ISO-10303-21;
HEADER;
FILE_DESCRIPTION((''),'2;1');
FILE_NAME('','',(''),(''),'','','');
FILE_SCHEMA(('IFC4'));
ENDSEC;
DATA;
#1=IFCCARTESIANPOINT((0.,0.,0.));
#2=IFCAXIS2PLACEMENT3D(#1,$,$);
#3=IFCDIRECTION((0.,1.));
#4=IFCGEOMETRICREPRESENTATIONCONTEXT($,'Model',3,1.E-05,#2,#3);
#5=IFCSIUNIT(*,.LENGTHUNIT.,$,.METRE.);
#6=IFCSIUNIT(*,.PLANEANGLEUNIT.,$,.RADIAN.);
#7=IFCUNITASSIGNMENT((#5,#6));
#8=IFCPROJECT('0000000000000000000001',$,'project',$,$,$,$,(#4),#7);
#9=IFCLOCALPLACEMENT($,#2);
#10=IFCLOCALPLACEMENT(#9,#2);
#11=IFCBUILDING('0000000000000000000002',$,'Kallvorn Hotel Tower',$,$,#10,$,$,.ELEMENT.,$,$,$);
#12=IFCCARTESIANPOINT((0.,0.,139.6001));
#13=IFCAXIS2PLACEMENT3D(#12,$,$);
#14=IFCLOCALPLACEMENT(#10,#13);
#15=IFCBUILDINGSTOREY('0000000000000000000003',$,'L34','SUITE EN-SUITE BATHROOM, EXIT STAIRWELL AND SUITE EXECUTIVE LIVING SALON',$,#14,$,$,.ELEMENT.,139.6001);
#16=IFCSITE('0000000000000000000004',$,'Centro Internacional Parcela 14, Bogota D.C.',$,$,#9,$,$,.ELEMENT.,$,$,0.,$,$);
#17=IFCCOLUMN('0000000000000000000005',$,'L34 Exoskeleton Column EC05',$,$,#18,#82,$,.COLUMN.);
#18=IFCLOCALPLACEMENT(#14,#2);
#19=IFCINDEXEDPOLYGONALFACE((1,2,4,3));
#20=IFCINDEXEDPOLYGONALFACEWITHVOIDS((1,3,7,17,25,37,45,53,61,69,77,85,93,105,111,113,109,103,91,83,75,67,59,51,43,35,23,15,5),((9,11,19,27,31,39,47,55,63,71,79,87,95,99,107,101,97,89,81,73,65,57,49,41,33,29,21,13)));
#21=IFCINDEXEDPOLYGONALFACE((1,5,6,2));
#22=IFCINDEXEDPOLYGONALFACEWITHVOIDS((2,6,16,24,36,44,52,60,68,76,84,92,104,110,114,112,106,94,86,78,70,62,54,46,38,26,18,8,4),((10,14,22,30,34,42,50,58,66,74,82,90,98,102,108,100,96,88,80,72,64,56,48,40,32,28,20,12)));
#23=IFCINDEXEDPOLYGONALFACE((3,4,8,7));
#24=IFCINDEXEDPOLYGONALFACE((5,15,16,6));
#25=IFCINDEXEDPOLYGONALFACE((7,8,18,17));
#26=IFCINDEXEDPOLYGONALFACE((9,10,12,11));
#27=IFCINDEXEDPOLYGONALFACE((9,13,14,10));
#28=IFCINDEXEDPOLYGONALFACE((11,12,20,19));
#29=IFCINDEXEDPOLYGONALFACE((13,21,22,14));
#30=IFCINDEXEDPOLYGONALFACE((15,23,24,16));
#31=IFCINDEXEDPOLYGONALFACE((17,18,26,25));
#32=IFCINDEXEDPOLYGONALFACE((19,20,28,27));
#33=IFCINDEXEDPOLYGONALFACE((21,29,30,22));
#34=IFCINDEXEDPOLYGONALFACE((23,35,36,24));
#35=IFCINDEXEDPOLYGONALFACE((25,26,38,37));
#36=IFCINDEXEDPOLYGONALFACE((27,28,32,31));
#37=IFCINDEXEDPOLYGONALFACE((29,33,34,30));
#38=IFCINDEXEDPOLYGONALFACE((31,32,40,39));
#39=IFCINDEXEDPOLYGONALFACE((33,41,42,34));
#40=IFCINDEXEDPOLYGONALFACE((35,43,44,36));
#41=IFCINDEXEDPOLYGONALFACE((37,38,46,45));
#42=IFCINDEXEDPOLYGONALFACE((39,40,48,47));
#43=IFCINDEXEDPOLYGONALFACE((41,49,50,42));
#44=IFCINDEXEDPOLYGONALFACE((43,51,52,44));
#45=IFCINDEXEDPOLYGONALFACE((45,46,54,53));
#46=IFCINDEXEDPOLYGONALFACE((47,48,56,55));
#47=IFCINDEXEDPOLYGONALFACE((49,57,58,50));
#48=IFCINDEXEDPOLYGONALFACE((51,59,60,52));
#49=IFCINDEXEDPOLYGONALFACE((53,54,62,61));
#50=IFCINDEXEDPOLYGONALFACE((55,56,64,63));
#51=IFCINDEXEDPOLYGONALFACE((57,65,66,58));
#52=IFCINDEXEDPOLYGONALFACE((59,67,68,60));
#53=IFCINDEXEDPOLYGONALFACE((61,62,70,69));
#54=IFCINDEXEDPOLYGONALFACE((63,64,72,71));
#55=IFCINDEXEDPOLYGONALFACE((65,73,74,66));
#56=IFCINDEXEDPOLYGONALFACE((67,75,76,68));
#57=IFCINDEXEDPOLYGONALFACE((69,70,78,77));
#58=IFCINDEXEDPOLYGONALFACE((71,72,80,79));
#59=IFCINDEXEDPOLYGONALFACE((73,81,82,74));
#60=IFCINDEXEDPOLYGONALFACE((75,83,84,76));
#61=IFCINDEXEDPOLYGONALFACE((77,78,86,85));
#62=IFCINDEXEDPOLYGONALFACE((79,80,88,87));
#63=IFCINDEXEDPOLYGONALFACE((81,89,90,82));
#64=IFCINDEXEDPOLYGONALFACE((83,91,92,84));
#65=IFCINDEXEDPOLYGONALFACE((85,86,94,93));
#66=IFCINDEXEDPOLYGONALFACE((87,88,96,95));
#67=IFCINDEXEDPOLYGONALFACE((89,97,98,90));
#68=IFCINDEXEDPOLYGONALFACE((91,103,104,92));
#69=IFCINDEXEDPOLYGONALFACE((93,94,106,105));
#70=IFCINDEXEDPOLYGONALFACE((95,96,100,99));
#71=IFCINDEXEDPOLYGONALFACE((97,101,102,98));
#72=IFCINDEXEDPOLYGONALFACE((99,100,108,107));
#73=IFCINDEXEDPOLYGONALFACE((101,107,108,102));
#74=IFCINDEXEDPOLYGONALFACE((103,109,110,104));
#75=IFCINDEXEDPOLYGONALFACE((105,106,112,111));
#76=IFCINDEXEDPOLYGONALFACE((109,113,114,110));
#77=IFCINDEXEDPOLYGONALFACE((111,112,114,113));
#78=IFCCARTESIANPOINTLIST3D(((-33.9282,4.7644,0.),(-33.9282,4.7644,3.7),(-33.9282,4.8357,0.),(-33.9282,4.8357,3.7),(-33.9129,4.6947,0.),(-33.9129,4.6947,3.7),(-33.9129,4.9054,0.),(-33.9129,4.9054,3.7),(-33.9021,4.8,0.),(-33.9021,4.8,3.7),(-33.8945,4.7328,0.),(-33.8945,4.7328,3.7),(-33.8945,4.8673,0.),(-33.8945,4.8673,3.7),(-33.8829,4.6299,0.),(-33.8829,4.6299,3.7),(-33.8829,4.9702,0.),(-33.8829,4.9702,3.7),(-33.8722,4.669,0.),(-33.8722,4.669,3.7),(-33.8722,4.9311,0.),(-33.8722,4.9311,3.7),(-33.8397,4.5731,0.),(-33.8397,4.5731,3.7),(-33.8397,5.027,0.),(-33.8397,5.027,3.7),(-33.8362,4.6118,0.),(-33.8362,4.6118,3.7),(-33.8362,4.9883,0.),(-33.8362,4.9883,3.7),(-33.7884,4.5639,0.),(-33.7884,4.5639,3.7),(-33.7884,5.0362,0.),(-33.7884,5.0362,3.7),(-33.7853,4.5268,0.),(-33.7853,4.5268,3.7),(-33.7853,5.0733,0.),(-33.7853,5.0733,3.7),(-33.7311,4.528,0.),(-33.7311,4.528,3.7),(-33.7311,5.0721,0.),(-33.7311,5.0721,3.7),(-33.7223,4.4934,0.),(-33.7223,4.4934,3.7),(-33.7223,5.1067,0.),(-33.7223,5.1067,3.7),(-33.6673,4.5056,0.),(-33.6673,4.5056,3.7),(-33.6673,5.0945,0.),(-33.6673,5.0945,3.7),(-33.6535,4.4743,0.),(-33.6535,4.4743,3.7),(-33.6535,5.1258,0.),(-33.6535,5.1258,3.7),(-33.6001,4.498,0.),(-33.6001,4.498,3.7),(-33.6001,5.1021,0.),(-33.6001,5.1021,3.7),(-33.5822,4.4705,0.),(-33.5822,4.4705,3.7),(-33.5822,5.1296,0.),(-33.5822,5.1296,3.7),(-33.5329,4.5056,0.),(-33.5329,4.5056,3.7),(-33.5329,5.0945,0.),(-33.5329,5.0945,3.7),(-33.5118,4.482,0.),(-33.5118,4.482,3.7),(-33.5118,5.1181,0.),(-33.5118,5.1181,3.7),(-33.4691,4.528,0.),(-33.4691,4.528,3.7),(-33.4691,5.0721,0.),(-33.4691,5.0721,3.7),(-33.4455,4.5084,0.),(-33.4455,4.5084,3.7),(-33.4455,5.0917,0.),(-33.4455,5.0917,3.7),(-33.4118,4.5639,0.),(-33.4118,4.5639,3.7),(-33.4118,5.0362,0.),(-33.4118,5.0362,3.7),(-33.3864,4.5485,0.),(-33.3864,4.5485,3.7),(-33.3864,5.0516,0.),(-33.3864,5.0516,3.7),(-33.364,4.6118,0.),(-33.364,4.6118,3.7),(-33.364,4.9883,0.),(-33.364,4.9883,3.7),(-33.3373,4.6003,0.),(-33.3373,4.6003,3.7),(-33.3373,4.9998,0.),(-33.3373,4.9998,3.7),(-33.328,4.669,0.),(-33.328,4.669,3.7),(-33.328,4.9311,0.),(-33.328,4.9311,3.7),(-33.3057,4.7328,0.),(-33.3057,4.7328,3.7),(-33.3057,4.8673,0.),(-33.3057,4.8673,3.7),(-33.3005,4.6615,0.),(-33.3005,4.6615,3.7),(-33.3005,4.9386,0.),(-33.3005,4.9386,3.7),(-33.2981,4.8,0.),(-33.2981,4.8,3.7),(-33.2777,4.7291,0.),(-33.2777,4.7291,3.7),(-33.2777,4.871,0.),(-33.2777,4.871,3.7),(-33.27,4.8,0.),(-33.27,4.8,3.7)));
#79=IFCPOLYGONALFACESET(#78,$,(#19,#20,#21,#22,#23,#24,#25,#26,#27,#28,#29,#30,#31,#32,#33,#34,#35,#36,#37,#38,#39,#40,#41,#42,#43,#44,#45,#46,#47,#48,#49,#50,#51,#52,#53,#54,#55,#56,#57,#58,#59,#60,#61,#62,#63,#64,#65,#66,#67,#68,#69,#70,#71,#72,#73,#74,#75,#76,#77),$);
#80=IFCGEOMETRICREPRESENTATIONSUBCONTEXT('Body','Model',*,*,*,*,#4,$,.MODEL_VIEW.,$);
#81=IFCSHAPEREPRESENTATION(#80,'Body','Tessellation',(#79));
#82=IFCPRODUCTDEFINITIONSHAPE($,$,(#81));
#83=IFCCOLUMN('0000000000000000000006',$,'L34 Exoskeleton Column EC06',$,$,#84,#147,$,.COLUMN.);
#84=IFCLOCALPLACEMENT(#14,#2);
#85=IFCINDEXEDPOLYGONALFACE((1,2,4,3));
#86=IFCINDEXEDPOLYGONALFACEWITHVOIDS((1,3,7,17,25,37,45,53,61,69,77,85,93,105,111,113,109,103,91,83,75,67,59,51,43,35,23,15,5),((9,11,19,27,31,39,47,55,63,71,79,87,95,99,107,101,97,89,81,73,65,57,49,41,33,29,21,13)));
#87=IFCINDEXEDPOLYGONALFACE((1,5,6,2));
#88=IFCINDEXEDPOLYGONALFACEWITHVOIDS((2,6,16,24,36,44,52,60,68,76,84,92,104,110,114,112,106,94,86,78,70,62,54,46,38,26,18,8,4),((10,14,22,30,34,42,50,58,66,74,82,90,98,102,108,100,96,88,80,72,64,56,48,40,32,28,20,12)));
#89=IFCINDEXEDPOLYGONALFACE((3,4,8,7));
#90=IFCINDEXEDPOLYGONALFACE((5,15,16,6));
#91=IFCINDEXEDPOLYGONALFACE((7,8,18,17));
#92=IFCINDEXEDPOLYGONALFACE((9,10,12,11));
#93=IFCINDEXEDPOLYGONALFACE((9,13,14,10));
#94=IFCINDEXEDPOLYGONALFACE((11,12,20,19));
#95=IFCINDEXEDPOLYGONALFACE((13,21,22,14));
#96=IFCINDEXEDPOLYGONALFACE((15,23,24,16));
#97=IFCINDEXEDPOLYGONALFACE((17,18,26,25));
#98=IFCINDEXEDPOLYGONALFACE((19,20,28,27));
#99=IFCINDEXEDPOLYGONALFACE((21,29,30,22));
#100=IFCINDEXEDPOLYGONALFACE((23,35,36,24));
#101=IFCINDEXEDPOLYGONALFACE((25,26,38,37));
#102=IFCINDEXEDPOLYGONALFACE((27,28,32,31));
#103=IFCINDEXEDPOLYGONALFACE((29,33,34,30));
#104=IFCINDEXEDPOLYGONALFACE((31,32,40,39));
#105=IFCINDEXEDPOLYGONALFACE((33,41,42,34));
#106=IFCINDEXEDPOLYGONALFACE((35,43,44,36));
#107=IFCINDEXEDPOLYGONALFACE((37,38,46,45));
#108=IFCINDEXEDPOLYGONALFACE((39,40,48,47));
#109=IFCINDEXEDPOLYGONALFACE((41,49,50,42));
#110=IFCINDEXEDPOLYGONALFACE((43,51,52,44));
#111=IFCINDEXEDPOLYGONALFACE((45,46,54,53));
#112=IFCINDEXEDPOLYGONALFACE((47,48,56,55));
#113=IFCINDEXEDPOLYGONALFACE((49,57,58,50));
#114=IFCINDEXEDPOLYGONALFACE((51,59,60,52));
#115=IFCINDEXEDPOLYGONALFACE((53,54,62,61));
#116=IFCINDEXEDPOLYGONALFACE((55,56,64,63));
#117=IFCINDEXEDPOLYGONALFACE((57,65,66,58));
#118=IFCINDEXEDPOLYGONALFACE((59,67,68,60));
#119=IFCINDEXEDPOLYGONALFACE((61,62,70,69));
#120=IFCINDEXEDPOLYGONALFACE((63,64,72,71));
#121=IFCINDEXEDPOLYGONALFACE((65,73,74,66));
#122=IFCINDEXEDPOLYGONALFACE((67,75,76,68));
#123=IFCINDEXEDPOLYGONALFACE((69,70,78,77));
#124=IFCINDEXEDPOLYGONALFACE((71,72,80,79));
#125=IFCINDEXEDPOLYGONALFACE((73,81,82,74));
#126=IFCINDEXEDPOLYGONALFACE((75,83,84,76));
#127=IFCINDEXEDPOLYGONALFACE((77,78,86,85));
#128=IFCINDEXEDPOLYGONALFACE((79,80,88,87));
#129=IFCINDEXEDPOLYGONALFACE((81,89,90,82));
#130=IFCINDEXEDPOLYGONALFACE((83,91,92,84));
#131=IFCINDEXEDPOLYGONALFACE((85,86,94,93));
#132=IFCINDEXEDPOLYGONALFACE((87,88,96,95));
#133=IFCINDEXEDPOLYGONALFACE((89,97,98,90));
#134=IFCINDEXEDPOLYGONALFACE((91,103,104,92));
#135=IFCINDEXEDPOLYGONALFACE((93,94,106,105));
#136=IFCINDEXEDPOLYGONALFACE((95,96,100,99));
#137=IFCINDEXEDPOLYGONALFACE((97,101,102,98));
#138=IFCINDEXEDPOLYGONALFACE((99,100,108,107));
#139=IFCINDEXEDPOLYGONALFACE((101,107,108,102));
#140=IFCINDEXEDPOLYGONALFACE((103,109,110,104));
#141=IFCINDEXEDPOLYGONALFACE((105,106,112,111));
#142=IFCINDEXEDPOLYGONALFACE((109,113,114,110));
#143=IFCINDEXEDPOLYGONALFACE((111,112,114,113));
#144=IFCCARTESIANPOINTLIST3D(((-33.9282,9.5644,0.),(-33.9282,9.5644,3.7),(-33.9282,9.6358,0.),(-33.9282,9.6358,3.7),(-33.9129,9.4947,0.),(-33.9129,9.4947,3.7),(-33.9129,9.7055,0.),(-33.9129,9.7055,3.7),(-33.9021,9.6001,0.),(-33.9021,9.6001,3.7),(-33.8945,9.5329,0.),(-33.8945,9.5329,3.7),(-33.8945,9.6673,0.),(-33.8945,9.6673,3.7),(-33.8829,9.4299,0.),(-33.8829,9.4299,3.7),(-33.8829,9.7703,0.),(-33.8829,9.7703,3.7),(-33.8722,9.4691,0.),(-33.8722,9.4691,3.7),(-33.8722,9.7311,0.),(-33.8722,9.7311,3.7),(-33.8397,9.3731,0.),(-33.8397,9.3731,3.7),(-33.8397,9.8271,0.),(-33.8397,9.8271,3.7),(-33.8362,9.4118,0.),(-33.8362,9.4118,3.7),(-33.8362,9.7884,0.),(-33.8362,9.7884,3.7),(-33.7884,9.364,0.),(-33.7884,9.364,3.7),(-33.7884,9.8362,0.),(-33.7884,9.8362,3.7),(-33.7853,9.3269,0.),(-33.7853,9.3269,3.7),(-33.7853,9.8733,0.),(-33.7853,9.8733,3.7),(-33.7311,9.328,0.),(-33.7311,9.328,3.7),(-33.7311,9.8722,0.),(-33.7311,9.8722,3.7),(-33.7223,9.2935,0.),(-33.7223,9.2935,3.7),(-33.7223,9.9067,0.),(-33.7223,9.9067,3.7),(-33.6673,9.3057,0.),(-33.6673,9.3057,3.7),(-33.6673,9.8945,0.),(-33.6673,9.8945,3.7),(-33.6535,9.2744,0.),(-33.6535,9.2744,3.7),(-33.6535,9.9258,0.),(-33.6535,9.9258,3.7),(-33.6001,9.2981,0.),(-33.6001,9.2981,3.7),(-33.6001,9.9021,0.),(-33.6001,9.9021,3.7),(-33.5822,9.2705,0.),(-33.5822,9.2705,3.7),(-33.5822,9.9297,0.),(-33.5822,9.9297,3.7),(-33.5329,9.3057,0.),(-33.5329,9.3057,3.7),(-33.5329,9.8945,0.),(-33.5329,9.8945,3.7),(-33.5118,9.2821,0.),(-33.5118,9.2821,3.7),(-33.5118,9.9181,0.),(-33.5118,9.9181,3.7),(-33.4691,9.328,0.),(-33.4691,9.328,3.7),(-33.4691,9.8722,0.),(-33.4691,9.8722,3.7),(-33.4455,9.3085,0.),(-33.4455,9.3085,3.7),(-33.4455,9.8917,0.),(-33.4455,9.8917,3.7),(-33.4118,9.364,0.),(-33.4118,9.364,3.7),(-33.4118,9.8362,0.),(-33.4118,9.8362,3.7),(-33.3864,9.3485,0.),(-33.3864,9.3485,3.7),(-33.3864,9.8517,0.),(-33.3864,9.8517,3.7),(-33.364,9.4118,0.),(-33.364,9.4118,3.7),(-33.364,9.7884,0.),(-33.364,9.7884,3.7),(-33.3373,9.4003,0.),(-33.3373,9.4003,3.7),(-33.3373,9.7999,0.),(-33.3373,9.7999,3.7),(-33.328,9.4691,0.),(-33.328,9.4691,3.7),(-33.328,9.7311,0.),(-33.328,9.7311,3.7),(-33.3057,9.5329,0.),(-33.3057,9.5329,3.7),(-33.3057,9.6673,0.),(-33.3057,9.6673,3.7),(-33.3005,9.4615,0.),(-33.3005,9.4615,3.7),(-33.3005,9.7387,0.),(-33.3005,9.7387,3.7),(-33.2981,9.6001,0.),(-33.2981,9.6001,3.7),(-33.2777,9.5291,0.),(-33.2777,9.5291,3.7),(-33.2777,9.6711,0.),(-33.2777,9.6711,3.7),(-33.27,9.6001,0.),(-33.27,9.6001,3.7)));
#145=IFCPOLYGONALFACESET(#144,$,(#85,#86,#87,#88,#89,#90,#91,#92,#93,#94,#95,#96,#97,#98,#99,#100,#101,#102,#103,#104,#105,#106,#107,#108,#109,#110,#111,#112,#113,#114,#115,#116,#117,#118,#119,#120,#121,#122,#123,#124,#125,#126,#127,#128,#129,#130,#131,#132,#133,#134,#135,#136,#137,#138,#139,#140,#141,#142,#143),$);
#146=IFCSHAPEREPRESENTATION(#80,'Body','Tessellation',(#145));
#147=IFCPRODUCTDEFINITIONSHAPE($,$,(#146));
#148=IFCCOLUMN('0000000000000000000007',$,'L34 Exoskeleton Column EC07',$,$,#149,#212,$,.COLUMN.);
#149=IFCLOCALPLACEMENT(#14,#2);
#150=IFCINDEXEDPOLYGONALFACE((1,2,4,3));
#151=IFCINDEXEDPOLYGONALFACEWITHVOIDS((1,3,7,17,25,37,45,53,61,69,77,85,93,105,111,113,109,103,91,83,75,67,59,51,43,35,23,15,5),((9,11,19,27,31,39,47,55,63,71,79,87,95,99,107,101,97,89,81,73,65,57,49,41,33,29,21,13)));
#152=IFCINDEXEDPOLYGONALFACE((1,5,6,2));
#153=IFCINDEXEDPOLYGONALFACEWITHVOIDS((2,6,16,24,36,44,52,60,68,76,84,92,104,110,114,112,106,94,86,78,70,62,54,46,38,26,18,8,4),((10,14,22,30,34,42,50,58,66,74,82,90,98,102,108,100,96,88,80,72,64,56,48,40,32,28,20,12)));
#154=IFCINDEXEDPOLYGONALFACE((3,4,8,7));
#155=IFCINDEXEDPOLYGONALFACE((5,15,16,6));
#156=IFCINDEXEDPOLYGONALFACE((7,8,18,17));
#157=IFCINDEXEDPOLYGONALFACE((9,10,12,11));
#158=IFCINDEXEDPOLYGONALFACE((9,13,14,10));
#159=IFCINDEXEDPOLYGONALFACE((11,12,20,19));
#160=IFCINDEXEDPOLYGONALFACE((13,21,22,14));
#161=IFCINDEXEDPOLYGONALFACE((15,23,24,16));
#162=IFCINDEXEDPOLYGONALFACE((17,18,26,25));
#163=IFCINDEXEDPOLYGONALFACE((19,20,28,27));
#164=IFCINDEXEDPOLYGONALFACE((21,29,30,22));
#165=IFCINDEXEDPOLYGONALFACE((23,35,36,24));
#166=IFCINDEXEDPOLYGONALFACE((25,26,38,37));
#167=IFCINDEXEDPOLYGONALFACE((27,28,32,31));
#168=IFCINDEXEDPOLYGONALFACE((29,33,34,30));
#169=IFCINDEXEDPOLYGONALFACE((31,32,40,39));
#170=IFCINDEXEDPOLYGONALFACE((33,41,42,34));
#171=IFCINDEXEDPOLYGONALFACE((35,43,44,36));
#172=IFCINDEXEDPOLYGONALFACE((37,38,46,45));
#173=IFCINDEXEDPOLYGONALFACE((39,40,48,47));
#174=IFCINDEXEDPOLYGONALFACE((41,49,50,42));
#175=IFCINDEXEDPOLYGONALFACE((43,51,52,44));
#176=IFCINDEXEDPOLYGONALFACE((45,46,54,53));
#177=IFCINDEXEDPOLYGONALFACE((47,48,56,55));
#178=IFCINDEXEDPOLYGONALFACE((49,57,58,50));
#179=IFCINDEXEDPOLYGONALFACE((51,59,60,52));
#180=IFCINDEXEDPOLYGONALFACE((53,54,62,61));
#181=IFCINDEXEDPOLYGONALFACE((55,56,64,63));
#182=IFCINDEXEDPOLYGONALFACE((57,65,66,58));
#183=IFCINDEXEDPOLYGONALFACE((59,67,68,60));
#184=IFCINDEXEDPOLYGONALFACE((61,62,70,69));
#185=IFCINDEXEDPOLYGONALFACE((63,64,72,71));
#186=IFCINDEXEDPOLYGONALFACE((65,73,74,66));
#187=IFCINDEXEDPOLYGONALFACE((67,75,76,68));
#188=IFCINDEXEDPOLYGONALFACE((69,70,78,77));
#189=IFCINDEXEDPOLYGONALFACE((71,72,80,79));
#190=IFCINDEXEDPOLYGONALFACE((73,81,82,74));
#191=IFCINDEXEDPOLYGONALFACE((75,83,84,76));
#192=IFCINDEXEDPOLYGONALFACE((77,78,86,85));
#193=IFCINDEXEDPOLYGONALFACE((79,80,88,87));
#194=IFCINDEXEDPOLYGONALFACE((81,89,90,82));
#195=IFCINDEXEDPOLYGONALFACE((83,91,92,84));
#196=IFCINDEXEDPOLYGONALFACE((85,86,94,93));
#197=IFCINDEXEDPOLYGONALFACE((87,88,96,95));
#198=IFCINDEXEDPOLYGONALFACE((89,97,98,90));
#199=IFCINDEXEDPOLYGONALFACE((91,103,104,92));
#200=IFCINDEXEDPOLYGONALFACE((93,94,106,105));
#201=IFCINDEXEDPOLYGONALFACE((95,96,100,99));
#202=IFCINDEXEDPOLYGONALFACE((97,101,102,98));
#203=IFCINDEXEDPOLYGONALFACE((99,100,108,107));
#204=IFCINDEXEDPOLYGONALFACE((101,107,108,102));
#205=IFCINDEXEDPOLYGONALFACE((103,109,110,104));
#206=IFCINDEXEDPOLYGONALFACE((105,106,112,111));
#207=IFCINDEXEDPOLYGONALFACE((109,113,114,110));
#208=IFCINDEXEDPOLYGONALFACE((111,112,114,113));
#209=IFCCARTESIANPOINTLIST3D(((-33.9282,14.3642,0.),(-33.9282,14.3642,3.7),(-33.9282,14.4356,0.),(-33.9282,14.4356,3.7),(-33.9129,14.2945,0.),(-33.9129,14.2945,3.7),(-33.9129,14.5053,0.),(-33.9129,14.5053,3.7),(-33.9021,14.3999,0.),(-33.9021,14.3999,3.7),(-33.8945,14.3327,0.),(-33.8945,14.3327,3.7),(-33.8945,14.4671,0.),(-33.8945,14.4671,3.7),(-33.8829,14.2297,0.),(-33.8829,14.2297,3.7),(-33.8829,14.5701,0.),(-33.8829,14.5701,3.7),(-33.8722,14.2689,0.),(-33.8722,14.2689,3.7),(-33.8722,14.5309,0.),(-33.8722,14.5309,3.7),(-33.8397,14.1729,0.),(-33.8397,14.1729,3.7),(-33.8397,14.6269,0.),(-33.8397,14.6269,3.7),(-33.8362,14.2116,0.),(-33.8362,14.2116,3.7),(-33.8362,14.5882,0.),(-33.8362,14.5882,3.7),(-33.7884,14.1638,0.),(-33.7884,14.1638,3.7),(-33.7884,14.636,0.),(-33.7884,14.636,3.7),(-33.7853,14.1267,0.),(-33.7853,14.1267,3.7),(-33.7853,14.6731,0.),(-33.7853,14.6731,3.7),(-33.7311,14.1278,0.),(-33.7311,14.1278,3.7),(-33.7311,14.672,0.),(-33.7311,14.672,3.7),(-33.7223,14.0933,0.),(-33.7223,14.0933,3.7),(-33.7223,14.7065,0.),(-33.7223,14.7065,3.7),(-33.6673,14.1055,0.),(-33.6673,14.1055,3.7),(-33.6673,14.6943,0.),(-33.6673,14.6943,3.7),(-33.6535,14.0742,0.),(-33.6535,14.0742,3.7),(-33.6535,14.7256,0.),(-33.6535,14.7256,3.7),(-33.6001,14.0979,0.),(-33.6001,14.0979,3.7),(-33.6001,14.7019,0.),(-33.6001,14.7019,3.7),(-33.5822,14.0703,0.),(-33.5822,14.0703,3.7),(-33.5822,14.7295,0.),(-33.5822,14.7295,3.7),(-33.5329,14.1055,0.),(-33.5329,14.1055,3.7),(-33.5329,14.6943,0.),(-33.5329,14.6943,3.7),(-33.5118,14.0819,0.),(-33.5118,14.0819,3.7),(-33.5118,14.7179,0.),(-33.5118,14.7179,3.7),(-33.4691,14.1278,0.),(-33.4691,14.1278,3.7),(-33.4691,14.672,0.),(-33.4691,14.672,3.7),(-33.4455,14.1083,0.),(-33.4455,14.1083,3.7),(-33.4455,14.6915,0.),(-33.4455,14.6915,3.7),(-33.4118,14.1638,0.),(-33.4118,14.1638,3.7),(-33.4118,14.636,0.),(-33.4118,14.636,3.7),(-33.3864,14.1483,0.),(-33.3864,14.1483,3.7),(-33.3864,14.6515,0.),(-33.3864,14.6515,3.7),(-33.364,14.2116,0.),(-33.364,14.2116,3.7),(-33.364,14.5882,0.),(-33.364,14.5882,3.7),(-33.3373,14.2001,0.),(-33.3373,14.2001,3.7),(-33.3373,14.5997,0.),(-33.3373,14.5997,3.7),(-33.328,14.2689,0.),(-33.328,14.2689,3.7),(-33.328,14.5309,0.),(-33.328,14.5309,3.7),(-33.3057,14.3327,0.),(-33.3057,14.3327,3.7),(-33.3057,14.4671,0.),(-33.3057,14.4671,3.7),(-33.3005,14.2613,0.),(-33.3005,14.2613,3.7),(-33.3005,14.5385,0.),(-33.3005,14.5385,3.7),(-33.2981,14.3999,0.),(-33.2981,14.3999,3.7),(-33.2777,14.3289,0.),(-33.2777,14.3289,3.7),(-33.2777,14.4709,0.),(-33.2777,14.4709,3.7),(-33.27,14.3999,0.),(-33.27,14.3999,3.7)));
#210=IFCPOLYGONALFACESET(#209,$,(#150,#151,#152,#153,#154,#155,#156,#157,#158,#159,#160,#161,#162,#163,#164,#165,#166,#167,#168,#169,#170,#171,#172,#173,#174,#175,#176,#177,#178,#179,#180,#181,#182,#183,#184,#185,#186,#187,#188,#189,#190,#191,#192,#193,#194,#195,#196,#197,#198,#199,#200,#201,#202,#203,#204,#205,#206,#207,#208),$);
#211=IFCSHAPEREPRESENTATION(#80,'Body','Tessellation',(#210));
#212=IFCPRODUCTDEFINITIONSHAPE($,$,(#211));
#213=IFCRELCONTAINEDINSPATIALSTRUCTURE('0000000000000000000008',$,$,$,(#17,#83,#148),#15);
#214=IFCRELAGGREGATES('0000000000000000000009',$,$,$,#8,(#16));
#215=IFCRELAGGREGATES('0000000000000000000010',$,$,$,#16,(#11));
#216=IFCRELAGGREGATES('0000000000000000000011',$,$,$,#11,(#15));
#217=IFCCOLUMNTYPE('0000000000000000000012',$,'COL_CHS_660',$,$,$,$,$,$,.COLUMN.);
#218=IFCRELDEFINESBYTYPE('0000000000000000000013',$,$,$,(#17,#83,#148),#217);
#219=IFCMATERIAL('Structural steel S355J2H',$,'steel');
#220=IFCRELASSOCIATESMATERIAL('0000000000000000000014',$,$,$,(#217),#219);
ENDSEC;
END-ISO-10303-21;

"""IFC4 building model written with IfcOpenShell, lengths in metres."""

from ifc_helpers import new_model, si_unit, direction, frame, origin, origin_2d, place, context, subcontext, project, spatial, hollow_circle, extrude, material, material_profile, profile_set, type_object, element, save


model = new_model("IFC4")

# Units and contexts
model_context = context("Model", 3, precision=1e-05, world=origin(), true_north=direction((0.0, 1.0)))
body_context = subcontext(model_context, "Body", "Model", "MODEL_VIEW")
ifc_project = project(units=[si_unit("LENGTHUNIT", "METRE"), si_unit("PLANEANGLEUNIT", "RADIAN")], contexts=[model_context])

# Site, building, storey
site_placement = place(None, origin())
site = spatial("IfcSite", under=ifc_project, at=site_placement, Name="Centro Internacional Parcela 14, Bogota D.C.", CompositionType="ELEMENT", RefElevation=0.0)
building_placement = place(site_placement, origin())
building = spatial("IfcBuilding", under=site, at=building_placement, Name="Kallvorn Hotel Tower", CompositionType="ELEMENT")
storey_placement = place(building_placement, frame((0.0, 0.0, 139.6001)))
storey = spatial("IfcBuildingStorey", under=building, at=storey_placement, Name="L34", Description="SUITE EN-SUITE BATHROOM, EXIT STAIRWELL AND SUITE EXECUTIVE LIVING SALON", CompositionType="ELEMENT", Elevation=139.6001)

# Columns
ifc_material_1 = material(Name="Structural steel S355J2H", Category="steel")
ifc_material_profile_1 = material_profile(ifc_material_1, hollow_circle(Radius=0.3301, WallThickness=0.0281, at=origin_2d()), Name="CHS 660x28")
ifc_profile_set_1 = profile_set([ifc_material_profile_1], Name="Structural steel S355J2H")
column_type_1 = type_object("IfcColumnType", Name="COL_CHS_660", PredefinedType="COLUMN", material=ifc_profile_set_1)
for number, where, z_axis, x_axis, name in (
    (1, (-33.6001, 4.8, 0.0), (0.0, 0.0, 1.0), (1.0, 0.0, 0.0), "L34 Exoskeleton Column EC05"),
    (2, (-33.6001, 9.6001, 0.0), (0.0, 0.0, 1.0), (1.0, 0.0, 0.0), "L34 Exoskeleton Column EC06"),
    (3, (-33.6001, 14.3999, 0.0), (0.0, 0.0, 1.0), (1.0, 0.0, 0.0), "L34 Exoskeleton Column EC07"),
):
    element("IfcColumn", number, at=place(storey_placement, frame(where, z_axis=z_axis, x_axis=x_axis)), inside=storey, type_object=column_type_1, Name=name, PredefinedType="COLUMN", context=body_context, shape_type="SweptSolid", body=[
        extrude(hollow_circle(Radius=0.3301, WallThickness=0.0281, at=origin_2d()), origin(), (0.0, 0.0, 1.0), 3.7),
    ])

save(model, "model.ifc")
